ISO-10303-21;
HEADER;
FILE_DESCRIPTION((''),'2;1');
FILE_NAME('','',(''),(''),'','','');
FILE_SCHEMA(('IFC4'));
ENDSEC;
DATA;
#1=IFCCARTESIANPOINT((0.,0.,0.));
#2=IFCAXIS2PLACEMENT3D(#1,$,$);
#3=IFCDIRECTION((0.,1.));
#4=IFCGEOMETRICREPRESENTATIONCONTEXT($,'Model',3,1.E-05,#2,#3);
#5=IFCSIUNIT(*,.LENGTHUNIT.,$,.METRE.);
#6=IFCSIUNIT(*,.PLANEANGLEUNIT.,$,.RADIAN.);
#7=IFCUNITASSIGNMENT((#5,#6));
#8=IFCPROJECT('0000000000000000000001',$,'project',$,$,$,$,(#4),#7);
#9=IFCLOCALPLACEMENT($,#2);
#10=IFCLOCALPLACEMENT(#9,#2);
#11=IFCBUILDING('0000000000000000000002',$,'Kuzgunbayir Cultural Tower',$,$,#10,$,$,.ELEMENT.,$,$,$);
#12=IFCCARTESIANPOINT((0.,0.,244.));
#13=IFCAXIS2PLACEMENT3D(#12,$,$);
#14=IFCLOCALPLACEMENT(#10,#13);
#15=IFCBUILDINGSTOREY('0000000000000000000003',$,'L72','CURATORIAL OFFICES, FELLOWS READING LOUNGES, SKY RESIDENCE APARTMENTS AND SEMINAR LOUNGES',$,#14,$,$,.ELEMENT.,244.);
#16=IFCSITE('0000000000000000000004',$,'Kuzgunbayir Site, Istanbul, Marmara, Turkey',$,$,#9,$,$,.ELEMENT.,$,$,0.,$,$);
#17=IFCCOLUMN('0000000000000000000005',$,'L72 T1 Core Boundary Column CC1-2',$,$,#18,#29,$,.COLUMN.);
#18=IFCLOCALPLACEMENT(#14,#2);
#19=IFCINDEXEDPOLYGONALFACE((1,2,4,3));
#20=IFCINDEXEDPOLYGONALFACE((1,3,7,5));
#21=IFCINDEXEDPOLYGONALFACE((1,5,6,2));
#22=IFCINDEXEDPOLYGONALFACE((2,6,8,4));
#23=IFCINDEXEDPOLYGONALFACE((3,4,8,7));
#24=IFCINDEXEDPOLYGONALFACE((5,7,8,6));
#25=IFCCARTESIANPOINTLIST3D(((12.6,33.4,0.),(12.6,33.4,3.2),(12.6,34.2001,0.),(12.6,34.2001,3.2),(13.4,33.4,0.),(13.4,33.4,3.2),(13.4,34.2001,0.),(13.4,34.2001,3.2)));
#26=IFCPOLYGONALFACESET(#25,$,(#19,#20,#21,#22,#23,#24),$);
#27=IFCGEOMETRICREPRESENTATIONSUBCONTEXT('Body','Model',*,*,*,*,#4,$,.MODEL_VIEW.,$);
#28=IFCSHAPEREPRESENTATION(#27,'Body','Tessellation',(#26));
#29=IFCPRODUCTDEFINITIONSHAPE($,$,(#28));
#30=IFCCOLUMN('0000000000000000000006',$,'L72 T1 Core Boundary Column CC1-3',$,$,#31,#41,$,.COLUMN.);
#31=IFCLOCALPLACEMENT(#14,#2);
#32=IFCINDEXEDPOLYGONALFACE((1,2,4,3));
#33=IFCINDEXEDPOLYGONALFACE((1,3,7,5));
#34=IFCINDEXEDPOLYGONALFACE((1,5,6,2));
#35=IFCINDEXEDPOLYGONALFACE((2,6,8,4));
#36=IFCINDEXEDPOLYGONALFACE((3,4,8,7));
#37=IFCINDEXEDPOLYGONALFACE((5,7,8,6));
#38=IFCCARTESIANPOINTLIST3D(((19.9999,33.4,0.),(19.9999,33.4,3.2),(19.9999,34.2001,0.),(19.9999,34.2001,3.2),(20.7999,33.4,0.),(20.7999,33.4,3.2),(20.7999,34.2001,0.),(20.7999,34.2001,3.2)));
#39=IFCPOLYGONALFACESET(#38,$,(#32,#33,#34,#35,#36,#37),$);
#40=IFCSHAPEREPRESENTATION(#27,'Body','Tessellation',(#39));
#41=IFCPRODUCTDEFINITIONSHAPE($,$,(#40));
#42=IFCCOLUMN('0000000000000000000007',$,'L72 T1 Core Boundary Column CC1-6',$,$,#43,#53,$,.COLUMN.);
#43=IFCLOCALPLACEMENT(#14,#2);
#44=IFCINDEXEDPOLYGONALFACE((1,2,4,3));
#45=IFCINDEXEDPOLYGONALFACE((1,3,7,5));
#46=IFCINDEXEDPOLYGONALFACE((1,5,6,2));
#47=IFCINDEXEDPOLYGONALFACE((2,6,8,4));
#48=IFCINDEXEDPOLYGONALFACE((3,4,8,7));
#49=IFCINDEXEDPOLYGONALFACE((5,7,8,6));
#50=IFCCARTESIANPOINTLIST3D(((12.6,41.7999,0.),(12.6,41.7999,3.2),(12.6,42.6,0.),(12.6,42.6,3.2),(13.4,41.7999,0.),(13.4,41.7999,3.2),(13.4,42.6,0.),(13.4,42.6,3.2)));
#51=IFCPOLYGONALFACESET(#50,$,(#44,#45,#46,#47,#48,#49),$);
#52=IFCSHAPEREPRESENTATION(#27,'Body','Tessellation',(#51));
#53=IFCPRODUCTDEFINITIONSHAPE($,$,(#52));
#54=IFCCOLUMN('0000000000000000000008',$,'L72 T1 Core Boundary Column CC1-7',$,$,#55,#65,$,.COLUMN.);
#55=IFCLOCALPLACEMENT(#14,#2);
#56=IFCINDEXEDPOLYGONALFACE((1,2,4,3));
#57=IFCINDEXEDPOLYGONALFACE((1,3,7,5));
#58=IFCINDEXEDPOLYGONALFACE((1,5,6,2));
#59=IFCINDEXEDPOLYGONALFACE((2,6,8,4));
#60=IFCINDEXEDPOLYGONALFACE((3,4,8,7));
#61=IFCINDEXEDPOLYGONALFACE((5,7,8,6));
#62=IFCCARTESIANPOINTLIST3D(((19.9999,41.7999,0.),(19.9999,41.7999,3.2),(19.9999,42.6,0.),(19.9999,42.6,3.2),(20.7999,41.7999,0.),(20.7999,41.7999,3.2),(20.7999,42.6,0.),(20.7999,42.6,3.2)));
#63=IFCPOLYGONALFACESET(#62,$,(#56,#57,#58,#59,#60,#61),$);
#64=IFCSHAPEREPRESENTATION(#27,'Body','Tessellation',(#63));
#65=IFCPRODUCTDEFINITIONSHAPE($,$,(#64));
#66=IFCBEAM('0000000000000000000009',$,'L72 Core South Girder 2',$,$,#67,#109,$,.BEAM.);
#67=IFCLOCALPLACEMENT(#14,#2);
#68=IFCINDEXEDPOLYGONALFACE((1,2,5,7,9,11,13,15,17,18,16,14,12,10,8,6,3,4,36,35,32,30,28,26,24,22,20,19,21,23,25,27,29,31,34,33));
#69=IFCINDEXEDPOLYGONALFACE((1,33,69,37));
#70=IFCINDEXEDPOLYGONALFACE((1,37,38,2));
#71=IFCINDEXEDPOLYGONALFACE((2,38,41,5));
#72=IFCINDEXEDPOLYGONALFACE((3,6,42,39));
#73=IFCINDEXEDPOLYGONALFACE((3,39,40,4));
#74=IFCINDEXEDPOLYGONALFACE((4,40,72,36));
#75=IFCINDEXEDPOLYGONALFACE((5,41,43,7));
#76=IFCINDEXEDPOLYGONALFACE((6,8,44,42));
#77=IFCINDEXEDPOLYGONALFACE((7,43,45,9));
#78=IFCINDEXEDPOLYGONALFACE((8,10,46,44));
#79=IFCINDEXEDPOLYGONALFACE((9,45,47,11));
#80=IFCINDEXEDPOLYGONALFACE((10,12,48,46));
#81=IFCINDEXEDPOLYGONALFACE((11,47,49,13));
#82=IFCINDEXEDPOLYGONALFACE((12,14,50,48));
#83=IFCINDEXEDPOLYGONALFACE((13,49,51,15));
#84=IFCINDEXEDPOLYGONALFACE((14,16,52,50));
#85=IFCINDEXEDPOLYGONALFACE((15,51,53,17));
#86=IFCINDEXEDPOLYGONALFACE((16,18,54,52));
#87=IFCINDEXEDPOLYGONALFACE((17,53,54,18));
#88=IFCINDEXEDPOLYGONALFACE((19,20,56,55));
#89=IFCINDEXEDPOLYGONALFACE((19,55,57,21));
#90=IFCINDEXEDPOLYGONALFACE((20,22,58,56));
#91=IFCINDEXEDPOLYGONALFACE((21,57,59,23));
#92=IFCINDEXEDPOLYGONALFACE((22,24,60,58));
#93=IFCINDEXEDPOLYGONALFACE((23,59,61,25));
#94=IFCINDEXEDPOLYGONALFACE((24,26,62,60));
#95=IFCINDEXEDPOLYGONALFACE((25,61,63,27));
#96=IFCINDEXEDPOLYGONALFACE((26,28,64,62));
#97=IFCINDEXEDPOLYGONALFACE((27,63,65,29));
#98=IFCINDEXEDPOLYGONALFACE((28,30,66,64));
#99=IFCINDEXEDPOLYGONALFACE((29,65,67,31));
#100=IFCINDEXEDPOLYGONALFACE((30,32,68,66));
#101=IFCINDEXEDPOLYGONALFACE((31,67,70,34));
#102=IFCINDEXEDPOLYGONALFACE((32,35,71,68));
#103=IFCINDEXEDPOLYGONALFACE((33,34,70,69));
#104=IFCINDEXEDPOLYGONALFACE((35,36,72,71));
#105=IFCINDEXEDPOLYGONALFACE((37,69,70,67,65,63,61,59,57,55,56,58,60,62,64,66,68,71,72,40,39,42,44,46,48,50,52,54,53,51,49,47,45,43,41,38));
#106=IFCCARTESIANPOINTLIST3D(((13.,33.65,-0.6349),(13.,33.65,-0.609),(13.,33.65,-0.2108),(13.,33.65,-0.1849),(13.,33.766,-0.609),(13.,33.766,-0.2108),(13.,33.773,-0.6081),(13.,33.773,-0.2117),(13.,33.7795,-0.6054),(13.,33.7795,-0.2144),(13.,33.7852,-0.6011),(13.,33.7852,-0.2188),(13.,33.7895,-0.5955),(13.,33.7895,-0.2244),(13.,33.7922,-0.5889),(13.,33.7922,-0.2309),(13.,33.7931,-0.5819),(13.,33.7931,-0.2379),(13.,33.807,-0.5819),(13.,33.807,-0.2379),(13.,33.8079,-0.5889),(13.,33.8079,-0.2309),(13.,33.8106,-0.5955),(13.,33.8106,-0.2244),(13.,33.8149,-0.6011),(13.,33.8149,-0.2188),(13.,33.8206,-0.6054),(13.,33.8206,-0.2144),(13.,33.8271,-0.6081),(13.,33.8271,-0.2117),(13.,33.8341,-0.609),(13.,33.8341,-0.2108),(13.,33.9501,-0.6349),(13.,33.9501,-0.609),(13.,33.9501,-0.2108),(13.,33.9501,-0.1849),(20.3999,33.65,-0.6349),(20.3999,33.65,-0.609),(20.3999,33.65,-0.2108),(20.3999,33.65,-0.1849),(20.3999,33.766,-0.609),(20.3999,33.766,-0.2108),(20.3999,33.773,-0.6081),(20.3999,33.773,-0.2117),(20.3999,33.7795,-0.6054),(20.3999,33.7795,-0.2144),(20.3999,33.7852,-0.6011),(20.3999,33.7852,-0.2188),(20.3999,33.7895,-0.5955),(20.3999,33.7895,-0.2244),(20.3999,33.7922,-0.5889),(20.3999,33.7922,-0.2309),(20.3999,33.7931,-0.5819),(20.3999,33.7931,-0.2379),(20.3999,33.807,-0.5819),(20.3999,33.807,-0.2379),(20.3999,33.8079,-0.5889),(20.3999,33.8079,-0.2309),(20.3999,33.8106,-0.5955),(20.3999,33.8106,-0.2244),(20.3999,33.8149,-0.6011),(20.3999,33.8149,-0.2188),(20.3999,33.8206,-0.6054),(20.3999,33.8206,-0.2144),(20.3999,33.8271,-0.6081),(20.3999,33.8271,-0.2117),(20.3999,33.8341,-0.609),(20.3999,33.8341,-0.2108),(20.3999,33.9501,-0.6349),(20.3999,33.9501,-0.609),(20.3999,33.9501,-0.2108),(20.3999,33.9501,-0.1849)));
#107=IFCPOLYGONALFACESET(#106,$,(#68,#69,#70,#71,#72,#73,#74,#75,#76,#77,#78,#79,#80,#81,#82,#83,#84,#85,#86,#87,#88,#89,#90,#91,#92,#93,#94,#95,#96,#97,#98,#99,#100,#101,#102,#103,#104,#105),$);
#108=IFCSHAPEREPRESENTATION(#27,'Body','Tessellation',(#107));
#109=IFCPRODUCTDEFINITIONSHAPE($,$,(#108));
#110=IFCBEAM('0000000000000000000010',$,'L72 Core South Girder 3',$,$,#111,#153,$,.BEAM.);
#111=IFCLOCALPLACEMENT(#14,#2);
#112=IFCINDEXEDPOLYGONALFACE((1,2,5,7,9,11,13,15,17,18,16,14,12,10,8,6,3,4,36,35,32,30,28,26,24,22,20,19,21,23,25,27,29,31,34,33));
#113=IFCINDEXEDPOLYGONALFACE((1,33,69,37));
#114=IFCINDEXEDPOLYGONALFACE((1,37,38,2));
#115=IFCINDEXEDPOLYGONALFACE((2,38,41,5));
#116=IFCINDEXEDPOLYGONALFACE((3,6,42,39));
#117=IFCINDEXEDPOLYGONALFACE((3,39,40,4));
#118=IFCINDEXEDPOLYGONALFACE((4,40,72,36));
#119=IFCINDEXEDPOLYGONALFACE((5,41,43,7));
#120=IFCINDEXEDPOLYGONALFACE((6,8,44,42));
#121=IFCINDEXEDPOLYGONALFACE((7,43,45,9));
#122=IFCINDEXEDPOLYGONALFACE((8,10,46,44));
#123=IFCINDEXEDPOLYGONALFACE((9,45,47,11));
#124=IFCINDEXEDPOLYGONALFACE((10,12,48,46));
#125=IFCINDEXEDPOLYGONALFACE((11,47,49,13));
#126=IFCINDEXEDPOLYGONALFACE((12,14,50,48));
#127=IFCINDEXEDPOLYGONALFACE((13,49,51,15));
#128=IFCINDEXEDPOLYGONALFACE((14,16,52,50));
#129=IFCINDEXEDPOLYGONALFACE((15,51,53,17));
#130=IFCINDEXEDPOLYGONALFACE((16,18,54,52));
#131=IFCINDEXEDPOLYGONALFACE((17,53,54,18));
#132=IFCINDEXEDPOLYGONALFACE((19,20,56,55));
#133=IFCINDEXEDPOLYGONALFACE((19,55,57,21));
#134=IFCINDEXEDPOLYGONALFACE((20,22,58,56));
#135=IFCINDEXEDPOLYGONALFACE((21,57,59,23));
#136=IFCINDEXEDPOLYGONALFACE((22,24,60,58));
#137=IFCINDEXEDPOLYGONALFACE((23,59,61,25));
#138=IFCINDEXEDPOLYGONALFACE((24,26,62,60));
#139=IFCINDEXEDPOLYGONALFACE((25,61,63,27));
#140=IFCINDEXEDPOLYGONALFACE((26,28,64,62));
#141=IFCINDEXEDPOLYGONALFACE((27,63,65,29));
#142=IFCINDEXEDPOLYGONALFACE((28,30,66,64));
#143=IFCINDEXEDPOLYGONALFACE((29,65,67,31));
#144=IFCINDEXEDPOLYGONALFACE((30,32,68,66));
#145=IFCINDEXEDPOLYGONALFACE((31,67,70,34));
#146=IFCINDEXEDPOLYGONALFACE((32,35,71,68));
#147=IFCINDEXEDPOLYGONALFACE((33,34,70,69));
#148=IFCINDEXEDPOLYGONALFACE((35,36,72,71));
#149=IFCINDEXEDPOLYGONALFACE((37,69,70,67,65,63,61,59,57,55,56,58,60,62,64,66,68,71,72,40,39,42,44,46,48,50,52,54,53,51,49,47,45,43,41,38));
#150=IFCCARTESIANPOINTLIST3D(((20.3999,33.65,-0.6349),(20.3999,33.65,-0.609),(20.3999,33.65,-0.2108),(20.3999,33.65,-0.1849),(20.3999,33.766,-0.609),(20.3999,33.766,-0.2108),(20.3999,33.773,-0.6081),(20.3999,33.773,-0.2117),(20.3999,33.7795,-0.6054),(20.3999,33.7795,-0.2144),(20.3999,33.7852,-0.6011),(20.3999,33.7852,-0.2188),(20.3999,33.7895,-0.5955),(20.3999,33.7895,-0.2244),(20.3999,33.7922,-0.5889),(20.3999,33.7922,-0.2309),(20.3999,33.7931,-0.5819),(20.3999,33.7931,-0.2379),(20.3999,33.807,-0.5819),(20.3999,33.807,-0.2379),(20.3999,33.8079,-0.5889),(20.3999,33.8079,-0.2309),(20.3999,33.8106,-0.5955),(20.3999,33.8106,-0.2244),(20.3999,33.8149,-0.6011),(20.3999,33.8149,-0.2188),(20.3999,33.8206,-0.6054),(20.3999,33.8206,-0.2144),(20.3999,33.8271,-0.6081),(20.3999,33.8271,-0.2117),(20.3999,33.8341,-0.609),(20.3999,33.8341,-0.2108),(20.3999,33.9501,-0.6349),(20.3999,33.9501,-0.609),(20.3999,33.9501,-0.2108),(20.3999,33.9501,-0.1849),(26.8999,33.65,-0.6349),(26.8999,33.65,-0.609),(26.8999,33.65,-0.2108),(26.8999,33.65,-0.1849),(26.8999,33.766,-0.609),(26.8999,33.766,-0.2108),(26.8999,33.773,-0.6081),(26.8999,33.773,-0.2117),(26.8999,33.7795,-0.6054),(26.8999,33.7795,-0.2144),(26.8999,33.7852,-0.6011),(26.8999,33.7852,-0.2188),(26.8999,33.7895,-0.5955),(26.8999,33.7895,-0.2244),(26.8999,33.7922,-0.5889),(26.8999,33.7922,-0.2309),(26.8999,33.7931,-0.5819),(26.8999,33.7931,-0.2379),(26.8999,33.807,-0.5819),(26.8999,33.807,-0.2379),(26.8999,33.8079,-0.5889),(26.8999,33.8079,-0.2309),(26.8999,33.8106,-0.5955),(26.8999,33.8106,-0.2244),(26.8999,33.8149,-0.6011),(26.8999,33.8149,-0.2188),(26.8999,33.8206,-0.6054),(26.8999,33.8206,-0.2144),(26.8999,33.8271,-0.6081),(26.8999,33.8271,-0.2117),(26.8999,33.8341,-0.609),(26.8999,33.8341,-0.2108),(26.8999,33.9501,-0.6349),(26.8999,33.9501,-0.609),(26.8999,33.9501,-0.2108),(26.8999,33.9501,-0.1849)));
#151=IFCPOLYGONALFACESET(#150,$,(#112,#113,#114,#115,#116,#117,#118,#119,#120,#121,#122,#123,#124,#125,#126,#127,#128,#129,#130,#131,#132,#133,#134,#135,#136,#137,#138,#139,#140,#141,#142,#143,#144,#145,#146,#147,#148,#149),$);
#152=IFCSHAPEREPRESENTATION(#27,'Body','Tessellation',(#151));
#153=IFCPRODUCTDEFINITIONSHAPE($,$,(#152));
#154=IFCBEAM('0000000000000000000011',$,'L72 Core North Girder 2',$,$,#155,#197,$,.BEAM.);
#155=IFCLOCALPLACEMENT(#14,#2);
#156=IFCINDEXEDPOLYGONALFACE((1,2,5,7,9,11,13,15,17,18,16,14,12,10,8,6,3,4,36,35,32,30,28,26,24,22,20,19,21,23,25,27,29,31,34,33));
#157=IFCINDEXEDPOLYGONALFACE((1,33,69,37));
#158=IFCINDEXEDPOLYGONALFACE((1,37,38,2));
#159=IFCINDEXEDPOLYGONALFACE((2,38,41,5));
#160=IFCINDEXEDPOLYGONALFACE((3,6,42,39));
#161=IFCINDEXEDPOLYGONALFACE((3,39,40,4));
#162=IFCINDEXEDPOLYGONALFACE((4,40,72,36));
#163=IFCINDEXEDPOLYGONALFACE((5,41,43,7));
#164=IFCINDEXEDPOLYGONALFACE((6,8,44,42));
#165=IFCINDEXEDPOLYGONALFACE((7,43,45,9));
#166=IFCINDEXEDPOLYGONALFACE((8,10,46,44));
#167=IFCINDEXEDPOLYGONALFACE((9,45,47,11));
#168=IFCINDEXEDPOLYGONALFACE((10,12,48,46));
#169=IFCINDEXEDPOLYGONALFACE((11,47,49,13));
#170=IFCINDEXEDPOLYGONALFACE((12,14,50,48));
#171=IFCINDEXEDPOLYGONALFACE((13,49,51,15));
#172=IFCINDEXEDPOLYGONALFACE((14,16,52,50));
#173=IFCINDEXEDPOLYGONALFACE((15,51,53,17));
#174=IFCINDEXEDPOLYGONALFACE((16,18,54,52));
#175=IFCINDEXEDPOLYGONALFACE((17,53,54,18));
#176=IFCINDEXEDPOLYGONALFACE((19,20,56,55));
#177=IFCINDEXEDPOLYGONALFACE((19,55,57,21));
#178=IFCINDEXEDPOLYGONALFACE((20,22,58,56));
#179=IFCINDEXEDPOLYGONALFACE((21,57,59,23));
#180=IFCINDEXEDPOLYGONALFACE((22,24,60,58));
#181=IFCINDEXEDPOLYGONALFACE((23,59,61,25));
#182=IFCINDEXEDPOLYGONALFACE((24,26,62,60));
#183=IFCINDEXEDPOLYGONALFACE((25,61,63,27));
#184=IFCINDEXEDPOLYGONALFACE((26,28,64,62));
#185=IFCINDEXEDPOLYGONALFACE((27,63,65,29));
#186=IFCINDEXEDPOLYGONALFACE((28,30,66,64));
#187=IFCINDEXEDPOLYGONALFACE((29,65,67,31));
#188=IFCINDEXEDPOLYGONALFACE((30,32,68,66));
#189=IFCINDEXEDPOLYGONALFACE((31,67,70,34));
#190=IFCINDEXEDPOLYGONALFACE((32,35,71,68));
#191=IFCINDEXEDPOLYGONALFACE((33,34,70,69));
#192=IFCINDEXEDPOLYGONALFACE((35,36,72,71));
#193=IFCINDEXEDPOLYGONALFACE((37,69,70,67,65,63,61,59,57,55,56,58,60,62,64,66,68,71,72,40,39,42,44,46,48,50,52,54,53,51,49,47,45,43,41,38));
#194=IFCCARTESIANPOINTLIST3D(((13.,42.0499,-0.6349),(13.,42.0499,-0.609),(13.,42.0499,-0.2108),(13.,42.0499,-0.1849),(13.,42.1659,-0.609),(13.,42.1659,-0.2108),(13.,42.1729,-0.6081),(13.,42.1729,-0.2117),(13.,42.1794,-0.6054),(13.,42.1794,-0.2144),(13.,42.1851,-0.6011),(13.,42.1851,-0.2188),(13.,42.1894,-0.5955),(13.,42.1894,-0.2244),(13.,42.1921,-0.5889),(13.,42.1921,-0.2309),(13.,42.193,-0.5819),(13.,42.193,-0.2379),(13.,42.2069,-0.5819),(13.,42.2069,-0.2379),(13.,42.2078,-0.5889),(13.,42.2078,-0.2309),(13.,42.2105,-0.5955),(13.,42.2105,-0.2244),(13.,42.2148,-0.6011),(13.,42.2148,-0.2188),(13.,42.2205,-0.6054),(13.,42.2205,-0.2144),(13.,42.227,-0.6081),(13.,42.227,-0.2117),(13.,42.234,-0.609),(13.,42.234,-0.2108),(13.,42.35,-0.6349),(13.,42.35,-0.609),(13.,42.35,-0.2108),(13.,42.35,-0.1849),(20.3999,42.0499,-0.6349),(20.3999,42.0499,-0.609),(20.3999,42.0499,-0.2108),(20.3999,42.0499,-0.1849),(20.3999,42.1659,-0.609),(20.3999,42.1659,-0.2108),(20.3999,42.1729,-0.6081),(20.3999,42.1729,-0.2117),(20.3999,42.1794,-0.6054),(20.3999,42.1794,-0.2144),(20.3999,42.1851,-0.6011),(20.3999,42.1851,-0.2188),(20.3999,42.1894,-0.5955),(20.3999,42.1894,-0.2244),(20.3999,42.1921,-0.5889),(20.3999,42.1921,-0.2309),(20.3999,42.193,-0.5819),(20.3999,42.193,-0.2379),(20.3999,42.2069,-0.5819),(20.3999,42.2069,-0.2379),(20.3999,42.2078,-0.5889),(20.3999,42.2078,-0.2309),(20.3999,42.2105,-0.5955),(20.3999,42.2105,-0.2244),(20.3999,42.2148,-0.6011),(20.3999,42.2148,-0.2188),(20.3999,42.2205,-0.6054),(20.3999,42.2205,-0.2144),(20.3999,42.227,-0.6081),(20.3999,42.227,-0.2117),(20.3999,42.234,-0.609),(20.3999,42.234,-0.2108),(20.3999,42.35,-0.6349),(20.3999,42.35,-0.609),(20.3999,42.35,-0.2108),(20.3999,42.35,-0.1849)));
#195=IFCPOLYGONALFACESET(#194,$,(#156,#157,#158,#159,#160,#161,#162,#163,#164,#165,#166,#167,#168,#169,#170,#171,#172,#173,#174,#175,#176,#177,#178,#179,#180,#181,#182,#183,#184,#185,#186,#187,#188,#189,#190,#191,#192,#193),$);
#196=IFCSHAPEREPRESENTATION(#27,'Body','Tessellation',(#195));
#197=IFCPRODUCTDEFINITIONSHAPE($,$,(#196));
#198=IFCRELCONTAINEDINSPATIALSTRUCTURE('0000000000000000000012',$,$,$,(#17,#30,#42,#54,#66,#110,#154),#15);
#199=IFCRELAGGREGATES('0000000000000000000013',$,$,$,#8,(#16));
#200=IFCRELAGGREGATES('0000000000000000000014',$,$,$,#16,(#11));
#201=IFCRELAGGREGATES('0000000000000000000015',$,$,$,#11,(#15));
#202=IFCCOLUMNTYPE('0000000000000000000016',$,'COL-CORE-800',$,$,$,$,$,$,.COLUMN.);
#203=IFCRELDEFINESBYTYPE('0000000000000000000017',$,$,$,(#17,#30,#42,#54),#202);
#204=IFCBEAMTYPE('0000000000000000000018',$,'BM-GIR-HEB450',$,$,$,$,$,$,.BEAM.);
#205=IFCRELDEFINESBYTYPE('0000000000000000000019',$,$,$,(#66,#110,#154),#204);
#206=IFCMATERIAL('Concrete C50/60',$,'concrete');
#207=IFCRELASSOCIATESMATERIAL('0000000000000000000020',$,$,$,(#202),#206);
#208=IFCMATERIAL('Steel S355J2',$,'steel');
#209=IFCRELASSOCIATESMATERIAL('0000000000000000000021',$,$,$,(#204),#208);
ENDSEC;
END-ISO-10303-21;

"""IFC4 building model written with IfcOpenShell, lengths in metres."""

from ifc_helpers import new_model, si_unit, direction, frame, origin, origin_2d, place, context, subcontext, project, spatial, rectangle, i_section, extrude, material, material_profile, profile_set, type_object, element, save


model = new_model("IFC4")

# Units and contexts
model_context = context("Model", 3, precision=1e-05, world=origin(), true_north=direction((0.0, 1.0)))
body_context = subcontext(model_context, "Body", "Model", "MODEL_VIEW")
ifc_project = project(units=[si_unit("LENGTHUNIT", "METRE"), si_unit("PLANEANGLEUNIT", "RADIAN")], contexts=[model_context])

# Site, building, storey
site_placement = place(None, origin())
site = spatial("IfcSite", under=ifc_project, at=site_placement, Name="Kuzgunbayir Site, Istanbul, Marmara, Turkey", CompositionType="ELEMENT", RefElevation=0.0)
building_placement = place(site_placement, origin())
building = spatial("IfcBuilding", under=site, at=building_placement, Name="Kuzgunbayir Cultural Tower", CompositionType="ELEMENT")
storey_placement = place(building_placement, frame((0.0, 0.0, 244.0)))
storey = spatial("IfcBuildingStorey", under=building, at=storey_placement, Name="L72", Description="CURATORIAL OFFICES, FELLOWS READING LOUNGES, SKY RESIDENCE APARTMENTS AND SEMINAR LOUNGES", CompositionType="ELEMENT", Elevation=244.0)

# Columns
ifc_material_1 = material(Name="Concrete C50/60", Category="concrete")
ifc_material_profile_1 = material_profile(ifc_material_1, rectangle(XDim=0.8, YDim=0.8, at=origin_2d()), Name="RC 800x800")
ifc_profile_set_1 = profile_set([ifc_material_profile_1], Name="Concrete C50/60")
column_type = type_object("IfcColumnType", Name="COL-CORE-800", PredefinedType="COLUMN", material=ifc_profile_set_1)
for number, where, z_axis, x_axis, name in (
    (1, (13.0, 33.8, 0.0), (0.0, 0.0, 1.0), (1.0, 0.0, 0.0), "L72 T1 Core Boundary Column CC1-2"),
    (2, (20.3999, 33.8, 0.0), (0.0, 0.0, 1.0), (1.0, 0.0, 0.0), "L72 T1 Core Boundary Column CC1-3"),
    (3, (13.0, 42.2, 0.0), (0.0, 0.0, 1.0), (1.0, 0.0, 0.0), "L72 T1 Core Boundary Column CC1-6"),
    (4, (20.3999, 42.2, 0.0), (0.0, 0.0, 1.0), (1.0, 0.0, 0.0), "L72 T1 Core Boundary Column CC1-7"),
):
    element("IfcColumn", number, at=place(storey_placement, frame(where, z_axis=z_axis, x_axis=x_axis)), inside=storey, type_object=column_type, Name=name, PredefinedType="COLUMN", context=body_context, shape_type="SweptSolid", body=[
        extrude(rectangle(XDim=0.8, YDim=0.8, at=origin_2d()), origin(), (0.0, 0.0, 1.0), 3.2),
    ])

# Beams
ifc_material_2 = material(Name="Steel S355J2", Category="steel")
ifc_material_profile_2 = material_profile(ifc_material_2, i_section(OverallWidth=0.3, OverallDepth=0.45, WebThickness=0.0139, FlangeThickness=0.0259, FilletRadius=0.0271, at=origin_2d()), Name="HEB 450")
ifc_profile_set_2 = profile_set([ifc_material_profile_2], Name="Steel S355J2")
beam_type = type_object("IfcBeamType", Name="BM-GIR-HEB450", PredefinedType="BEAM", material=ifc_profile_set_2)
beam_1_placement = place(storey_placement, frame((13.0, 33.8, -0.4099), z_axis=(1.0, 0.0, 0.0), x_axis=(0.0, 1.0, 0.0)))
element("IfcBeam", 5, at=beam_1_placement, inside=storey, type_object=beam_type, Name="L72 Core South Girder 2", PredefinedType="BEAM", context=body_context, shape_type="SweptSolid", body=[
    extrude(i_section(OverallWidth=0.3, OverallDepth=0.45, WebThickness=0.0139, FlangeThickness=0.0259, FilletRadius=0.0271, at=origin_2d()), origin(), (0.0, 0.0, 1.0), 7.3999),
])
beam_2_placement = place(storey_placement, frame((20.3999, 33.8, -0.4099), z_axis=(1.0, 0.0, 0.0), x_axis=(0.0, 1.0, 0.0)))
element("IfcBeam", 6, at=beam_2_placement, inside=storey, type_object=beam_type, Name="L72 Core South Girder 3", PredefinedType="BEAM", context=body_context, shape_type="SweptSolid", body=[
    extrude(i_section(OverallWidth=0.3, OverallDepth=0.45, WebThickness=0.0139, FlangeThickness=0.0259, FilletRadius=0.0271, at=origin_2d()), origin(), (0.0, 0.0, 1.0), 6.5),
])
beam_3_placement = place(storey_placement, frame((13.0, 42.2, -0.4099), z_axis=(1.0, 0.0, 0.0), x_axis=(0.0, 1.0, 0.0)))
element("IfcBeam", 7, at=beam_3_placement, inside=storey, type_object=beam_type, Name="L72 Core North Girder 2", PredefinedType="BEAM", context=body_context, shape_type="SweptSolid", body=[
    extrude(i_section(OverallWidth=0.3, OverallDepth=0.45, WebThickness=0.0139, FlangeThickness=0.0259, FilletRadius=0.0271, at=origin_2d()), origin(), (0.0, 0.0, 1.0), 7.3999),
])

save(model, "model.ifc")
